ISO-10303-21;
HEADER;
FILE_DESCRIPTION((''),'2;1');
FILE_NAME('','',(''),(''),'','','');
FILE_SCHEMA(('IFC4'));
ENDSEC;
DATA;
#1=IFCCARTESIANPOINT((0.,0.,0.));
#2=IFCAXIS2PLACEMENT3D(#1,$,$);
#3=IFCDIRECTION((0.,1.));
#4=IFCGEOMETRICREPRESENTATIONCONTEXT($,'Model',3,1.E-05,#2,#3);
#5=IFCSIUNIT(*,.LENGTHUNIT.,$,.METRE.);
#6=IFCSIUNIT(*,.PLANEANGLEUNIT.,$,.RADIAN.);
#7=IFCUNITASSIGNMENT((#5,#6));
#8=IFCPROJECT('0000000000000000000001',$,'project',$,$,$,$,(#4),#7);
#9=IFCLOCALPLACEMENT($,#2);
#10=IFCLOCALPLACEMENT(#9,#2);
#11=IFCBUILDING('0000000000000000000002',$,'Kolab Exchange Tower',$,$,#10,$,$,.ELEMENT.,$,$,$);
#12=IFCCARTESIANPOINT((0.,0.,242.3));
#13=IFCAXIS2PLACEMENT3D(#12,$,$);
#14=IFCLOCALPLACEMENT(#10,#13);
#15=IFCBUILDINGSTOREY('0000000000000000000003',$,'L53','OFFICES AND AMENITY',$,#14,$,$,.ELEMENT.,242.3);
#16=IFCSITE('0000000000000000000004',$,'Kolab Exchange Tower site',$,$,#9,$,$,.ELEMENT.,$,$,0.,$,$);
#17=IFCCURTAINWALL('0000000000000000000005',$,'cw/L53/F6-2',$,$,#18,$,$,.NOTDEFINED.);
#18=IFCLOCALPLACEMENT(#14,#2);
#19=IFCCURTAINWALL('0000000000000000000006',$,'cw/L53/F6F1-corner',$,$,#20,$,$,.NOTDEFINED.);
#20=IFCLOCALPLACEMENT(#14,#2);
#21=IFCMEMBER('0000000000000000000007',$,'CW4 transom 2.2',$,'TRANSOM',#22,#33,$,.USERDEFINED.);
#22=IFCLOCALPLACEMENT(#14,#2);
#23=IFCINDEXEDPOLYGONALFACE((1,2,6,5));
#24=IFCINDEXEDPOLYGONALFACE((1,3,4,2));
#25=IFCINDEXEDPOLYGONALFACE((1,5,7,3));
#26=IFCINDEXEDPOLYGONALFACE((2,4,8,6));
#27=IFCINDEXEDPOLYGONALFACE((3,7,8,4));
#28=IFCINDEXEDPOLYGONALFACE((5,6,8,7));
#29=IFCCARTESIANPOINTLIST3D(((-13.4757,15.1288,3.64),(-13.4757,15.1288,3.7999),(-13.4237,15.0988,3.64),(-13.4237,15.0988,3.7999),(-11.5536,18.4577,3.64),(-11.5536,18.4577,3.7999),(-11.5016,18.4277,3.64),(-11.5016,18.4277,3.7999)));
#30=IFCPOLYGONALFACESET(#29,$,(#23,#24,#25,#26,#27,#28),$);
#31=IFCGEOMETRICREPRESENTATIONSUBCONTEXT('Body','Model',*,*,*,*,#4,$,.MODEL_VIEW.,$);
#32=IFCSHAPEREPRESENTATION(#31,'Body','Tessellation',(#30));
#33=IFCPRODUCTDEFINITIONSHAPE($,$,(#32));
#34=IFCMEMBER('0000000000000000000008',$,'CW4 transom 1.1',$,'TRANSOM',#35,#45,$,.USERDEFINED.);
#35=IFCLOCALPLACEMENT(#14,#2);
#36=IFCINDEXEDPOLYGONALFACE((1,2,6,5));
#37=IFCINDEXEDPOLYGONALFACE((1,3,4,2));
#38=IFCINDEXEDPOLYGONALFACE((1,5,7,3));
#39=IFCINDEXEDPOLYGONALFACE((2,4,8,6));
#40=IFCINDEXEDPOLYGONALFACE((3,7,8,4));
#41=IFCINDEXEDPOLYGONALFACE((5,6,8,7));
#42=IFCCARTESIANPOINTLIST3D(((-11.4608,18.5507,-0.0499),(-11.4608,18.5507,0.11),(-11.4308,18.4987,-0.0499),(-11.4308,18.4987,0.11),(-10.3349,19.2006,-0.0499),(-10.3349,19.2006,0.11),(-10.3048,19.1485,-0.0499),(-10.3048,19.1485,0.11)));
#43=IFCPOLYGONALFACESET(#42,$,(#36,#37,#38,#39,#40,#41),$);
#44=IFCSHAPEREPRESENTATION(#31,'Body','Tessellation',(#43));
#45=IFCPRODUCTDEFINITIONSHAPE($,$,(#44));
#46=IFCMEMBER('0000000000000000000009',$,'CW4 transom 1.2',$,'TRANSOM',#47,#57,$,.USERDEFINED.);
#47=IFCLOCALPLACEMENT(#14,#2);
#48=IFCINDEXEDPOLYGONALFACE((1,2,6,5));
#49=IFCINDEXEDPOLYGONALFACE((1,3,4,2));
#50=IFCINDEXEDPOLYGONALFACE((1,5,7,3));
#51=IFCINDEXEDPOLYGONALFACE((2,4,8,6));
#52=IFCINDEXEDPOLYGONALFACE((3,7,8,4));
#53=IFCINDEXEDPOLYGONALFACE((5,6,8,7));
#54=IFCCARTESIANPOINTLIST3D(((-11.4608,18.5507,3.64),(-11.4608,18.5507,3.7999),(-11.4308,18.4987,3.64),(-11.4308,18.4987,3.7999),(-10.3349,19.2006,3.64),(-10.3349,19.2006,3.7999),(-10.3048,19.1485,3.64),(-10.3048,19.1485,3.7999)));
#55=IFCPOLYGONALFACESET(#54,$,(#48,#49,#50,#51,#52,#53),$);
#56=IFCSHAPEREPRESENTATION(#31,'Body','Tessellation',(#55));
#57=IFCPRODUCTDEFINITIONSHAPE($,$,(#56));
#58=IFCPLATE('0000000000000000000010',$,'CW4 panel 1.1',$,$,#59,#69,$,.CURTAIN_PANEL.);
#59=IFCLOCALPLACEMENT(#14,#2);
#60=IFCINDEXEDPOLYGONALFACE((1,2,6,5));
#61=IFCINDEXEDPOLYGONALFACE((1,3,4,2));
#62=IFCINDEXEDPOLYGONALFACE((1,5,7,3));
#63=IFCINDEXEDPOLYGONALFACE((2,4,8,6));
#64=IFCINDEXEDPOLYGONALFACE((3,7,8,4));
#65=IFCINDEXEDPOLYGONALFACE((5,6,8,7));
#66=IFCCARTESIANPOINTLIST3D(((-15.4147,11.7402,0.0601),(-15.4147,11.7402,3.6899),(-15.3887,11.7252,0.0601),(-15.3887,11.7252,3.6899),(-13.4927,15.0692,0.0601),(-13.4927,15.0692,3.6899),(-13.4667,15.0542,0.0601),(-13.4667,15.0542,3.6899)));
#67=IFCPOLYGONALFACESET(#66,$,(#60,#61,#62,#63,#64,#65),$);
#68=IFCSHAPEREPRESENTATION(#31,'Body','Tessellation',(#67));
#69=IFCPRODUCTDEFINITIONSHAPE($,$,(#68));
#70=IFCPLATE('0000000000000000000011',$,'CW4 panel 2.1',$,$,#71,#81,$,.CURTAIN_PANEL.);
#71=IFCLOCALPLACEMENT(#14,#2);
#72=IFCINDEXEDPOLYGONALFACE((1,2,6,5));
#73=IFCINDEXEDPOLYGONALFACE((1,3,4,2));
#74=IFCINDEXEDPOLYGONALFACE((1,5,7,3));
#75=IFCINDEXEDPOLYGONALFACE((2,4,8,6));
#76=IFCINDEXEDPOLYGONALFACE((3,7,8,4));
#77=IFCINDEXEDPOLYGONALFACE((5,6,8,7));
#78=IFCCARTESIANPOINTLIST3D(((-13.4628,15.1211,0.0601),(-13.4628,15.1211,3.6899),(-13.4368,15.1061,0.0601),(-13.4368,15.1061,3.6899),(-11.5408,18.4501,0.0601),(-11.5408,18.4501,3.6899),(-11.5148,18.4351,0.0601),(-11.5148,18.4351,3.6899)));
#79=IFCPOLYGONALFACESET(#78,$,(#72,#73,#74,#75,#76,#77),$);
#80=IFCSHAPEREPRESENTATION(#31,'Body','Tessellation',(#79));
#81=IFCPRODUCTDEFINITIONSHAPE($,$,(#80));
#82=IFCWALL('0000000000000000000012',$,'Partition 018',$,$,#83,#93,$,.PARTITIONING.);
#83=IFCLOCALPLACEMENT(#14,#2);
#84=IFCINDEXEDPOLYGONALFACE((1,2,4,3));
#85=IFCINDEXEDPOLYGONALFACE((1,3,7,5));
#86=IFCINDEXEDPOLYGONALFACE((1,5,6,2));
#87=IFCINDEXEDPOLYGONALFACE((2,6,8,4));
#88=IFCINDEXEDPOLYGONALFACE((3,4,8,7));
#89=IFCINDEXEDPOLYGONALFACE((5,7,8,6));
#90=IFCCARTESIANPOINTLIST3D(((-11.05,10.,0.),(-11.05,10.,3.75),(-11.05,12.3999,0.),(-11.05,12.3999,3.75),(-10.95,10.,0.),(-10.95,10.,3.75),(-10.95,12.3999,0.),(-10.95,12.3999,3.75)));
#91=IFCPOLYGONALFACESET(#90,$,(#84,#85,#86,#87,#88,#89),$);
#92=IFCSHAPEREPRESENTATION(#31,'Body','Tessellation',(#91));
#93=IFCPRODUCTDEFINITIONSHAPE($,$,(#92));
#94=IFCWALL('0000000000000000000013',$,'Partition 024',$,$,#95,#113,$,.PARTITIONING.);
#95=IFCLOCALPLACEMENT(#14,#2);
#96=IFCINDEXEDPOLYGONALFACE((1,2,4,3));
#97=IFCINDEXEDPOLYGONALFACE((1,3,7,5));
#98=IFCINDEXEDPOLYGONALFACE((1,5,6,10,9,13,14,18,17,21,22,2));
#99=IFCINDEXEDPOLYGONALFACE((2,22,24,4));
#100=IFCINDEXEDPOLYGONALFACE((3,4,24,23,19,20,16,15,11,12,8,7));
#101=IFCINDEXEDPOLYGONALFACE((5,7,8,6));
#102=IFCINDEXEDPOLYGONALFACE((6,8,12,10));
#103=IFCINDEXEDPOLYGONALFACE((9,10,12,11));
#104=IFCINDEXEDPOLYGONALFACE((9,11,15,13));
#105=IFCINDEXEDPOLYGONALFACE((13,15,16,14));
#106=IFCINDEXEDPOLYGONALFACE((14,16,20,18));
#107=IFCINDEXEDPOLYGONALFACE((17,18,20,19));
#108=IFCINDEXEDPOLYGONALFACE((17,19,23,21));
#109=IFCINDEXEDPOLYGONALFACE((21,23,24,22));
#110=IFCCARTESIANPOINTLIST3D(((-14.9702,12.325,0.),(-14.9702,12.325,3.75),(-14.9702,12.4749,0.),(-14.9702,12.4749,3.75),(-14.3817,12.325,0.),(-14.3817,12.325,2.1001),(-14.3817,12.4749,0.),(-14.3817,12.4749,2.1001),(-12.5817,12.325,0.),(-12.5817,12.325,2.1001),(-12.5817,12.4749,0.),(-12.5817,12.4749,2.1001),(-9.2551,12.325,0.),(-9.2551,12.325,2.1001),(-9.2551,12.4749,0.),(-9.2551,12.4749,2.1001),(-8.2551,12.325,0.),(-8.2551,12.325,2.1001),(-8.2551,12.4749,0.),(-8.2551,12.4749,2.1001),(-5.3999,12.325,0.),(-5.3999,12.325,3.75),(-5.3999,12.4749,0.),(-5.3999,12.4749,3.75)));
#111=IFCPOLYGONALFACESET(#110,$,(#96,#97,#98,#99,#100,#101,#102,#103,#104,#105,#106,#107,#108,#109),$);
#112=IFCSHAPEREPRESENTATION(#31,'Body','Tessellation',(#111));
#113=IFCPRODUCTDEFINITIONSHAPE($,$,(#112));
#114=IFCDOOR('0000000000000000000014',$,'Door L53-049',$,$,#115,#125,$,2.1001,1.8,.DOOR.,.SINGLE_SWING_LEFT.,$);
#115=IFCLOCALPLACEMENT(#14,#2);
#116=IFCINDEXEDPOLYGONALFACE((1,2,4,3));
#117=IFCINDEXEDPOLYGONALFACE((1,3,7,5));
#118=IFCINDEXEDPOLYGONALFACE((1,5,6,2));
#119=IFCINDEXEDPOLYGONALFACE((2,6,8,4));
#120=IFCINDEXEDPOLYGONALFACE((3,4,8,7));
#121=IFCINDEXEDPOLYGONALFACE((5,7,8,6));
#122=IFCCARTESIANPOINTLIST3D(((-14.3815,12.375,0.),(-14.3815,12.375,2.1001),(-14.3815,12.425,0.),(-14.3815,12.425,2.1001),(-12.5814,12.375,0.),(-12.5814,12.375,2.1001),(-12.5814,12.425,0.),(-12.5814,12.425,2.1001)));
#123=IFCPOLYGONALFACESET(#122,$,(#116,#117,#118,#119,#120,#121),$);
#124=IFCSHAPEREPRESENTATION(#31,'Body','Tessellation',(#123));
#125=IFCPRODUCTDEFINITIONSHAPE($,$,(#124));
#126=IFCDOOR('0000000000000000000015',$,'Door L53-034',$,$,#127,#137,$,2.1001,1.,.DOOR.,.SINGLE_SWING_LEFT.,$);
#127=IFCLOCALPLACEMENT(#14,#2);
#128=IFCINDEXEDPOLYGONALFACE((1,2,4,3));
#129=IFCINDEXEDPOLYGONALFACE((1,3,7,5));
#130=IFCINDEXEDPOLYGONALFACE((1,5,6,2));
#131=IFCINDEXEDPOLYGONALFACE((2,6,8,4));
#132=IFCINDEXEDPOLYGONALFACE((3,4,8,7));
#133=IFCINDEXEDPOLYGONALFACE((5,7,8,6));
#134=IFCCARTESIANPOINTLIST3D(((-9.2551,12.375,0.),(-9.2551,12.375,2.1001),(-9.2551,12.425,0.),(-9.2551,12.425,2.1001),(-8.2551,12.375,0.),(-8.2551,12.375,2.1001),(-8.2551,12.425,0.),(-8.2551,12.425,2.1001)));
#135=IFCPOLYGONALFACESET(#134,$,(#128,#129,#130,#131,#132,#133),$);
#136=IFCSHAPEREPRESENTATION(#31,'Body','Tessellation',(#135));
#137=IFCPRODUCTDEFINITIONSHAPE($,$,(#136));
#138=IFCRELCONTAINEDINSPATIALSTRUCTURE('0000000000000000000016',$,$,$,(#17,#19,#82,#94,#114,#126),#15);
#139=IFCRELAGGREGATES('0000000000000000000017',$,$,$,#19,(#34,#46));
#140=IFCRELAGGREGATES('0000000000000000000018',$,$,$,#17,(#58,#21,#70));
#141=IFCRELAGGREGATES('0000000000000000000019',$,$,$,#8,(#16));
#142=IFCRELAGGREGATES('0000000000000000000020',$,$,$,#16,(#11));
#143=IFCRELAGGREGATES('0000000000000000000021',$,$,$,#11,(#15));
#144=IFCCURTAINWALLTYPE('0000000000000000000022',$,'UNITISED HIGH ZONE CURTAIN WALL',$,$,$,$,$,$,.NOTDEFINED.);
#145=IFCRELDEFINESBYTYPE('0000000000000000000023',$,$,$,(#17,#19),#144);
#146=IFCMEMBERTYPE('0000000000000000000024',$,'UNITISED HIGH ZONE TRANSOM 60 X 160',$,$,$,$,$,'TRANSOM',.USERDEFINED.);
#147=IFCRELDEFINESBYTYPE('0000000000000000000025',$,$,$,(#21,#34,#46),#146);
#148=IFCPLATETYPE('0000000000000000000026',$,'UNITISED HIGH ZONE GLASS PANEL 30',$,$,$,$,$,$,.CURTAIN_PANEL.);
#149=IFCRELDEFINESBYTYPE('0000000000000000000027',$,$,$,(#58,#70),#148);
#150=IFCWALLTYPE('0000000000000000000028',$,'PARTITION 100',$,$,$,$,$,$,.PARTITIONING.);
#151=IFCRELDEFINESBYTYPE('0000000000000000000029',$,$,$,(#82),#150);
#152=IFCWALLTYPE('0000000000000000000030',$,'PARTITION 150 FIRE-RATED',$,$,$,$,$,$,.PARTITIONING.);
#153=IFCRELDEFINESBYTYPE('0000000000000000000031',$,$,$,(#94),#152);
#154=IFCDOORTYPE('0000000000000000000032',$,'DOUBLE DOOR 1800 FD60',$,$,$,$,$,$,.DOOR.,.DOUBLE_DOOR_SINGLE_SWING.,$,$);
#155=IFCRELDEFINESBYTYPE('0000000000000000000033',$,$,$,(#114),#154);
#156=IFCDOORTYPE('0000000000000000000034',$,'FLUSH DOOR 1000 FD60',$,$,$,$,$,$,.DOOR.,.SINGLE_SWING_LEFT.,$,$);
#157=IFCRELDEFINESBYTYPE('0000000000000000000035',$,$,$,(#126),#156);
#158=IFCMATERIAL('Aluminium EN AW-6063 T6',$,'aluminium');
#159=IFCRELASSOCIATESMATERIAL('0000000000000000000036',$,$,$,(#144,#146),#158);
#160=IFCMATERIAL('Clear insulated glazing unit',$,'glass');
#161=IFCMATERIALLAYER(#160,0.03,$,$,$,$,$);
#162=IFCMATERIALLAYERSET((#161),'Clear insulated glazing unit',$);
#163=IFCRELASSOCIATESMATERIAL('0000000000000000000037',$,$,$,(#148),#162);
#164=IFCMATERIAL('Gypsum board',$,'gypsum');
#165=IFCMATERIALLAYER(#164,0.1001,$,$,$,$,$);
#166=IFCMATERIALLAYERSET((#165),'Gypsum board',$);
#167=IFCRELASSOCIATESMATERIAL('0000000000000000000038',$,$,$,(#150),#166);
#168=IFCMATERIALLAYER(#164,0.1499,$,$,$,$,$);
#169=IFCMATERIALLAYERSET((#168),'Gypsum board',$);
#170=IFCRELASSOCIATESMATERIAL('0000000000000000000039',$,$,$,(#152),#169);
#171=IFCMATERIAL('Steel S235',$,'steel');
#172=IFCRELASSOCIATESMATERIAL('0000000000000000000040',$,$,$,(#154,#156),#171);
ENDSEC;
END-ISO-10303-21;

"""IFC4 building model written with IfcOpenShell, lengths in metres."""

from ifc_helpers import new_model, si_unit, direction, frame, frame_2d, origin, origin_2d, place, context, subcontext, project, spatial, rectangle, extrude, material, layer, layer_set, material_profile, profile_set, type_object, element, fill, aggregate, save


model = new_model("IFC4")

# Units and contexts
model_context = context("Model", 3, precision=1e-05, world=origin(), true_north=direction((0.0, 1.0)))
body_context = subcontext(model_context, "Body", "Model", "MODEL_VIEW")
ifc_project = project(units=[si_unit("LENGTHUNIT", "METRE"), si_unit("PLANEANGLEUNIT", "RADIAN")], contexts=[model_context])

# Site, building, storey
site_placement = place(None, origin())
site = spatial("IfcSite", under=ifc_project, at=site_placement, Name="Kolab Exchange Tower site", CompositionType="ELEMENT", RefElevation=0.0)
building_placement = place(site_placement, origin())
building = spatial("IfcBuilding", under=site, at=building_placement, Name="Kolab Exchange Tower", CompositionType="ELEMENT")
storey_placement = place(building_placement, frame((0.0, 0.0, 242.3)))
storey = spatial("IfcBuildingStorey", under=building, at=storey_placement, Name="L53", Description="OFFICES AND AMENITY", CompositionType="ELEMENT", Elevation=242.3)

# Curtain wall
ifc_material_1 = material(Name="Aluminium EN AW-6063 T6", Category="aluminium")
curtain_wall_type = type_object("IfcCurtainWallType", Name="UNITISED HIGH ZONE CURTAIN WALL", PredefinedType="NOTDEFINED", material=ifc_material_1)
curtain_wall_1_placement = place(storey_placement, origin())
curtain_wall_1 = element("IfcCurtainWall", 1, at=curtain_wall_1_placement, inside=storey, type_object=curtain_wall_type, Name="cw/L53/F6-2", PredefinedType="NOTDEFINED")

# Curtain wall
curtain_wall_2_placement = place(storey_placement, origin())
curtain_wall_2 = element("IfcCurtainWall", 2, at=curtain_wall_2_placement, inside=storey, type_object=curtain_wall_type, Name="cw/L53/F6F1-corner", PredefinedType="NOTDEFINED")

# Members
ifc_material_profile_1 = material_profile(ifc_material_1, rectangle(XDim=0.0601, YDim=0.1599, at=origin_2d()), Name="RECT 60X160")
ifc_profile_set_1 = profile_set([ifc_material_profile_1], Name="Aluminium EN AW-6063 T6")
member_type_1 = type_object("IfcMemberType", Name="UNITISED HIGH ZONE TRANSOM 60 X 160", ElementType="TRANSOM", PredefinedType="USERDEFINED", material=ifc_profile_set_1)
member_1_placement = place(storey_placement, frame((-13.4497, 15.1138, 3.72), z_axis=(0.500039, 0.866003, 0.0), x_axis=(-0.866003, 0.500039, 0.0)))
member_1 = element("IfcMember", 3, at=member_1_placement, type_object=member_type_1, Name="CW4 transom 2.2", ObjectType="TRANSOM", PredefinedType="USERDEFINED", context=body_context, shape_type="SweptSolid", body=[
    extrude(rectangle(XDim=0.0601, YDim=0.1599, at=origin_2d()), origin(), (0.0, 0.0, 1.0), 3.844),
])
member_2_placement = place(storey_placement, frame((-11.4458, 18.5247, 0.03), z_axis=(0.866086, 0.499896, 0.0), x_axis=(-0.499896, 0.866086, 0.0)))
member_2 = element("IfcMember", 4, at=member_2_placement, type_object=member_type_1, Name="CW4 transom 1.1", ObjectType="TRANSOM", PredefinedType="USERDEFINED", context=body_context, shape_type="SweptSolid", body=[
    extrude(rectangle(XDim=0.0601, YDim=0.1599, at=origin_2d()), origin(), (0.0, 0.0, 1.0), 1.3),
])
member_3_placement = place(storey_placement, frame((-11.4458, 18.5247, 3.72), z_axis=(0.866086, 0.499896, 0.0), x_axis=(-0.499896, 0.866086, 0.0)))
member_3 = element("IfcMember", 5, at=member_3_placement, type_object=member_type_1, Name="CW4 transom 1.2", ObjectType="TRANSOM", PredefinedType="USERDEFINED", context=body_context, shape_type="SweptSolid", body=[
    extrude(rectangle(XDim=0.0601, YDim=0.1599, at=origin_2d()), origin(), (0.0, 0.0, 1.0), 1.3),
])
aggregate(curtain_wall_2, [member_2, member_3])

# Plates
ifc_material_2 = material(Name="Clear insulated glazing unit", Category="glass")
ifc_layer_1 = layer(ifc_material_2, 0.03)
ifc_layer_set_1 = layer_set([ifc_layer_1], Name="Clear insulated glazing unit")
plate_type = type_object("IfcPlateType", Name="UNITISED HIGH ZONE GLASS PANEL 30", PredefinedType="CURTAIN_PANEL", material=ifc_layer_set_1)
plate_1_placement = place(storey_placement, frame((-14.4407, 13.3972, 0.0601), z_axis=(0.0, 0.0, 1.0), x_axis=(0.5, 0.866025, 0.0)))
plate_1 = element("IfcPlate", 6, at=plate_1_placement, type_object=plate_type, Name="CW4 panel 1.1", PredefinedType="CURTAIN_PANEL", context=body_context, shape_type="SweptSolid", body=[
    extrude(rectangle(XDim=3.844, YDim=0.03, at=origin_2d()), origin(), (0.0, 0.0, 1.0), 3.6299),
])
plate_2_placement = place(storey_placement, frame((-12.4888, 16.7781, 0.0601), z_axis=(0.0, 0.0, 1.0), x_axis=(0.5, 0.866025, 0.0)))
plate_2 = element("IfcPlate", 7, at=plate_2_placement, type_object=plate_type, Name="CW4 panel 2.1", PredefinedType="CURTAIN_PANEL", context=body_context, shape_type="SweptSolid", body=[
    extrude(rectangle(XDim=3.844, YDim=0.03, at=origin_2d()), origin(), (0.0, 0.0, 1.0), 3.6299),
])
aggregate(curtain_wall_1, [plate_1, member_1, plate_2])

# Wall
ifc_material_3 = material(Name="Gypsum board", Category="gypsum")
ifc_layer_2 = layer(ifc_material_3, 0.1001)
ifc_layer_set_2 = layer_set([ifc_layer_2], Name="Gypsum board")
wall_type_1 = type_object("IfcWallType", Name="PARTITION 100", PredefinedType="PARTITIONING", material=ifc_layer_set_2)
wall_1_placement = place(storey_placement, frame((-11.0, 10.0, 0.0), z_axis=(0.0, 0.0, 1.0), x_axis=(0.0, 1.0, 0.0)))
element("IfcWall", 8, at=wall_1_placement, inside=storey, type_object=wall_type_1, Name="Partition 018", PredefinedType="PARTITIONING", context=body_context, shape_type="SweptSolid", body=[
    extrude(rectangle(XDim=2.3999, YDim=0.1001, at=frame_2d((1.2, 0.0))), origin(), (0.0, 0.0, 1.0), 3.75),
])

# Wall, openings, doors
ifc_layer_3 = layer(ifc_material_3, 0.1499)
ifc_layer_set_3 = layer_set([ifc_layer_3], Name="Gypsum board")
wall_type_2 = type_object("IfcWallType", Name="PARTITION 150 FIRE-RATED", PredefinedType="PARTITIONING", material=ifc_layer_set_3)
wall_2_placement = place(storey_placement, frame((-14.9702, 12.3999, 0.0), z_axis=(0.0, 0.0, 1.0), x_axis=(1.0, 0.0, 0.0)))
wall_2 = element("IfcWall", 9, at=wall_2_placement, inside=storey, type_object=wall_type_2, Name="Partition 024", PredefinedType="PARTITIONING", context=body_context, shape_type="SweptSolid", body=[
    extrude(rectangle(XDim=9.5703, YDim=0.1499, at=frame_2d((4.7852, 0.0))), origin(), (0.0, 0.0, 1.0), 3.75),
])
opening_1_placement = place(wall_2_placement, frame((5.7151, 0.0, 0.0)))
opening_1 = element("IfcOpeningElement", 10, at=opening_1_placement, cuts=wall_2, PredefinedType="OPENING", context=body_context, shape_type="SweptSolid", body=[
    extrude(rectangle(XDim=1.0, YDim=2.1001, at=frame_2d((0.5, 1.05))), frame((0.0, 0.085, 0.0), z_axis=(0.0, -1.0, 0.0), x_axis=(1.0, 0.0, 0.0)), (0.0, 0.0, 1.0), 0.1699),
])
opening_2_placement = place(wall_2_placement, frame((0.5886, 0.0, 0.0)))
opening_2 = element("IfcOpeningElement", 11, at=opening_2_placement, cuts=wall_2, PredefinedType="OPENING", context=body_context, shape_type="SweptSolid", body=[
    extrude(rectangle(XDim=1.8, YDim=2.1001, at=frame_2d((0.8999, 1.05))), frame((0.0, 0.085, 0.0), z_axis=(0.0, -1.0, 0.0), x_axis=(1.0, 0.0, 0.0)), (0.0, 0.0, 1.0), 0.1699),
])
ifc_material_4 = material(Name="Steel S235", Category="steel")
door_type_1 = type_object("IfcDoorType", Name="DOUBLE DOOR 1800 FD60", OperationType="DOUBLE_DOOR_SINGLE_SWING", PredefinedType="DOOR", material=ifc_material_4)
door_1_placement = place(opening_2_placement, frame((1.8, 0.0, 0.0), z_axis=(0.0, 0.0, 1.0), x_axis=(-1.0, 0.0, 0.0)))
door_1 = element("IfcDoor", 12, at=door_1_placement, inside=storey, type_object=door_type_1, Name="Door L53-049", OperationType="SINGLE_SWING_LEFT", OverallHeight=2.1001, OverallWidth=1.8, PredefinedType="DOOR", context=body_context, shape_type="SweptSolid", body=[
    extrude(rectangle(XDim=1.8, YDim=2.1001, at=frame_2d((0.8999, 1.05))), frame((0.0, 0.0249, 0.0), z_axis=(0.0, -1.0, 0.0), x_axis=(1.0, 0.0, 0.0)), (0.0, 0.0, 1.0), 0.05),
])
fill(opening_2, door_1)
door_type_2 = type_object("IfcDoorType", Name="FLUSH DOOR 1000 FD60", OperationType="SINGLE_SWING_LEFT", PredefinedType="DOOR", material=ifc_material_4)
door_2_placement = place(opening_1_placement, frame((1.0, 0.0, 0.0), z_axis=(0.0, 0.0, 1.0), x_axis=(-1.0, 0.0, 0.0)))
door_2 = element("IfcDoor", 13, at=door_2_placement, inside=storey, type_object=door_type_2, Name="Door L53-034", OperationType="SINGLE_SWING_LEFT", OverallHeight=2.1001, OverallWidth=1.0, PredefinedType="DOOR", context=body_context, shape_type="SweptSolid", body=[
    extrude(rectangle(XDim=1.0, YDim=2.1001, at=frame_2d((0.5, 1.05))), frame((0.0, 0.0249, 0.0), z_axis=(0.0, -1.0, 0.0), x_axis=(1.0, 0.0, 0.0)), (0.0, 0.0, 1.0), 0.05),
])
fill(opening_1, door_2)

save(model, "model.ifc")
